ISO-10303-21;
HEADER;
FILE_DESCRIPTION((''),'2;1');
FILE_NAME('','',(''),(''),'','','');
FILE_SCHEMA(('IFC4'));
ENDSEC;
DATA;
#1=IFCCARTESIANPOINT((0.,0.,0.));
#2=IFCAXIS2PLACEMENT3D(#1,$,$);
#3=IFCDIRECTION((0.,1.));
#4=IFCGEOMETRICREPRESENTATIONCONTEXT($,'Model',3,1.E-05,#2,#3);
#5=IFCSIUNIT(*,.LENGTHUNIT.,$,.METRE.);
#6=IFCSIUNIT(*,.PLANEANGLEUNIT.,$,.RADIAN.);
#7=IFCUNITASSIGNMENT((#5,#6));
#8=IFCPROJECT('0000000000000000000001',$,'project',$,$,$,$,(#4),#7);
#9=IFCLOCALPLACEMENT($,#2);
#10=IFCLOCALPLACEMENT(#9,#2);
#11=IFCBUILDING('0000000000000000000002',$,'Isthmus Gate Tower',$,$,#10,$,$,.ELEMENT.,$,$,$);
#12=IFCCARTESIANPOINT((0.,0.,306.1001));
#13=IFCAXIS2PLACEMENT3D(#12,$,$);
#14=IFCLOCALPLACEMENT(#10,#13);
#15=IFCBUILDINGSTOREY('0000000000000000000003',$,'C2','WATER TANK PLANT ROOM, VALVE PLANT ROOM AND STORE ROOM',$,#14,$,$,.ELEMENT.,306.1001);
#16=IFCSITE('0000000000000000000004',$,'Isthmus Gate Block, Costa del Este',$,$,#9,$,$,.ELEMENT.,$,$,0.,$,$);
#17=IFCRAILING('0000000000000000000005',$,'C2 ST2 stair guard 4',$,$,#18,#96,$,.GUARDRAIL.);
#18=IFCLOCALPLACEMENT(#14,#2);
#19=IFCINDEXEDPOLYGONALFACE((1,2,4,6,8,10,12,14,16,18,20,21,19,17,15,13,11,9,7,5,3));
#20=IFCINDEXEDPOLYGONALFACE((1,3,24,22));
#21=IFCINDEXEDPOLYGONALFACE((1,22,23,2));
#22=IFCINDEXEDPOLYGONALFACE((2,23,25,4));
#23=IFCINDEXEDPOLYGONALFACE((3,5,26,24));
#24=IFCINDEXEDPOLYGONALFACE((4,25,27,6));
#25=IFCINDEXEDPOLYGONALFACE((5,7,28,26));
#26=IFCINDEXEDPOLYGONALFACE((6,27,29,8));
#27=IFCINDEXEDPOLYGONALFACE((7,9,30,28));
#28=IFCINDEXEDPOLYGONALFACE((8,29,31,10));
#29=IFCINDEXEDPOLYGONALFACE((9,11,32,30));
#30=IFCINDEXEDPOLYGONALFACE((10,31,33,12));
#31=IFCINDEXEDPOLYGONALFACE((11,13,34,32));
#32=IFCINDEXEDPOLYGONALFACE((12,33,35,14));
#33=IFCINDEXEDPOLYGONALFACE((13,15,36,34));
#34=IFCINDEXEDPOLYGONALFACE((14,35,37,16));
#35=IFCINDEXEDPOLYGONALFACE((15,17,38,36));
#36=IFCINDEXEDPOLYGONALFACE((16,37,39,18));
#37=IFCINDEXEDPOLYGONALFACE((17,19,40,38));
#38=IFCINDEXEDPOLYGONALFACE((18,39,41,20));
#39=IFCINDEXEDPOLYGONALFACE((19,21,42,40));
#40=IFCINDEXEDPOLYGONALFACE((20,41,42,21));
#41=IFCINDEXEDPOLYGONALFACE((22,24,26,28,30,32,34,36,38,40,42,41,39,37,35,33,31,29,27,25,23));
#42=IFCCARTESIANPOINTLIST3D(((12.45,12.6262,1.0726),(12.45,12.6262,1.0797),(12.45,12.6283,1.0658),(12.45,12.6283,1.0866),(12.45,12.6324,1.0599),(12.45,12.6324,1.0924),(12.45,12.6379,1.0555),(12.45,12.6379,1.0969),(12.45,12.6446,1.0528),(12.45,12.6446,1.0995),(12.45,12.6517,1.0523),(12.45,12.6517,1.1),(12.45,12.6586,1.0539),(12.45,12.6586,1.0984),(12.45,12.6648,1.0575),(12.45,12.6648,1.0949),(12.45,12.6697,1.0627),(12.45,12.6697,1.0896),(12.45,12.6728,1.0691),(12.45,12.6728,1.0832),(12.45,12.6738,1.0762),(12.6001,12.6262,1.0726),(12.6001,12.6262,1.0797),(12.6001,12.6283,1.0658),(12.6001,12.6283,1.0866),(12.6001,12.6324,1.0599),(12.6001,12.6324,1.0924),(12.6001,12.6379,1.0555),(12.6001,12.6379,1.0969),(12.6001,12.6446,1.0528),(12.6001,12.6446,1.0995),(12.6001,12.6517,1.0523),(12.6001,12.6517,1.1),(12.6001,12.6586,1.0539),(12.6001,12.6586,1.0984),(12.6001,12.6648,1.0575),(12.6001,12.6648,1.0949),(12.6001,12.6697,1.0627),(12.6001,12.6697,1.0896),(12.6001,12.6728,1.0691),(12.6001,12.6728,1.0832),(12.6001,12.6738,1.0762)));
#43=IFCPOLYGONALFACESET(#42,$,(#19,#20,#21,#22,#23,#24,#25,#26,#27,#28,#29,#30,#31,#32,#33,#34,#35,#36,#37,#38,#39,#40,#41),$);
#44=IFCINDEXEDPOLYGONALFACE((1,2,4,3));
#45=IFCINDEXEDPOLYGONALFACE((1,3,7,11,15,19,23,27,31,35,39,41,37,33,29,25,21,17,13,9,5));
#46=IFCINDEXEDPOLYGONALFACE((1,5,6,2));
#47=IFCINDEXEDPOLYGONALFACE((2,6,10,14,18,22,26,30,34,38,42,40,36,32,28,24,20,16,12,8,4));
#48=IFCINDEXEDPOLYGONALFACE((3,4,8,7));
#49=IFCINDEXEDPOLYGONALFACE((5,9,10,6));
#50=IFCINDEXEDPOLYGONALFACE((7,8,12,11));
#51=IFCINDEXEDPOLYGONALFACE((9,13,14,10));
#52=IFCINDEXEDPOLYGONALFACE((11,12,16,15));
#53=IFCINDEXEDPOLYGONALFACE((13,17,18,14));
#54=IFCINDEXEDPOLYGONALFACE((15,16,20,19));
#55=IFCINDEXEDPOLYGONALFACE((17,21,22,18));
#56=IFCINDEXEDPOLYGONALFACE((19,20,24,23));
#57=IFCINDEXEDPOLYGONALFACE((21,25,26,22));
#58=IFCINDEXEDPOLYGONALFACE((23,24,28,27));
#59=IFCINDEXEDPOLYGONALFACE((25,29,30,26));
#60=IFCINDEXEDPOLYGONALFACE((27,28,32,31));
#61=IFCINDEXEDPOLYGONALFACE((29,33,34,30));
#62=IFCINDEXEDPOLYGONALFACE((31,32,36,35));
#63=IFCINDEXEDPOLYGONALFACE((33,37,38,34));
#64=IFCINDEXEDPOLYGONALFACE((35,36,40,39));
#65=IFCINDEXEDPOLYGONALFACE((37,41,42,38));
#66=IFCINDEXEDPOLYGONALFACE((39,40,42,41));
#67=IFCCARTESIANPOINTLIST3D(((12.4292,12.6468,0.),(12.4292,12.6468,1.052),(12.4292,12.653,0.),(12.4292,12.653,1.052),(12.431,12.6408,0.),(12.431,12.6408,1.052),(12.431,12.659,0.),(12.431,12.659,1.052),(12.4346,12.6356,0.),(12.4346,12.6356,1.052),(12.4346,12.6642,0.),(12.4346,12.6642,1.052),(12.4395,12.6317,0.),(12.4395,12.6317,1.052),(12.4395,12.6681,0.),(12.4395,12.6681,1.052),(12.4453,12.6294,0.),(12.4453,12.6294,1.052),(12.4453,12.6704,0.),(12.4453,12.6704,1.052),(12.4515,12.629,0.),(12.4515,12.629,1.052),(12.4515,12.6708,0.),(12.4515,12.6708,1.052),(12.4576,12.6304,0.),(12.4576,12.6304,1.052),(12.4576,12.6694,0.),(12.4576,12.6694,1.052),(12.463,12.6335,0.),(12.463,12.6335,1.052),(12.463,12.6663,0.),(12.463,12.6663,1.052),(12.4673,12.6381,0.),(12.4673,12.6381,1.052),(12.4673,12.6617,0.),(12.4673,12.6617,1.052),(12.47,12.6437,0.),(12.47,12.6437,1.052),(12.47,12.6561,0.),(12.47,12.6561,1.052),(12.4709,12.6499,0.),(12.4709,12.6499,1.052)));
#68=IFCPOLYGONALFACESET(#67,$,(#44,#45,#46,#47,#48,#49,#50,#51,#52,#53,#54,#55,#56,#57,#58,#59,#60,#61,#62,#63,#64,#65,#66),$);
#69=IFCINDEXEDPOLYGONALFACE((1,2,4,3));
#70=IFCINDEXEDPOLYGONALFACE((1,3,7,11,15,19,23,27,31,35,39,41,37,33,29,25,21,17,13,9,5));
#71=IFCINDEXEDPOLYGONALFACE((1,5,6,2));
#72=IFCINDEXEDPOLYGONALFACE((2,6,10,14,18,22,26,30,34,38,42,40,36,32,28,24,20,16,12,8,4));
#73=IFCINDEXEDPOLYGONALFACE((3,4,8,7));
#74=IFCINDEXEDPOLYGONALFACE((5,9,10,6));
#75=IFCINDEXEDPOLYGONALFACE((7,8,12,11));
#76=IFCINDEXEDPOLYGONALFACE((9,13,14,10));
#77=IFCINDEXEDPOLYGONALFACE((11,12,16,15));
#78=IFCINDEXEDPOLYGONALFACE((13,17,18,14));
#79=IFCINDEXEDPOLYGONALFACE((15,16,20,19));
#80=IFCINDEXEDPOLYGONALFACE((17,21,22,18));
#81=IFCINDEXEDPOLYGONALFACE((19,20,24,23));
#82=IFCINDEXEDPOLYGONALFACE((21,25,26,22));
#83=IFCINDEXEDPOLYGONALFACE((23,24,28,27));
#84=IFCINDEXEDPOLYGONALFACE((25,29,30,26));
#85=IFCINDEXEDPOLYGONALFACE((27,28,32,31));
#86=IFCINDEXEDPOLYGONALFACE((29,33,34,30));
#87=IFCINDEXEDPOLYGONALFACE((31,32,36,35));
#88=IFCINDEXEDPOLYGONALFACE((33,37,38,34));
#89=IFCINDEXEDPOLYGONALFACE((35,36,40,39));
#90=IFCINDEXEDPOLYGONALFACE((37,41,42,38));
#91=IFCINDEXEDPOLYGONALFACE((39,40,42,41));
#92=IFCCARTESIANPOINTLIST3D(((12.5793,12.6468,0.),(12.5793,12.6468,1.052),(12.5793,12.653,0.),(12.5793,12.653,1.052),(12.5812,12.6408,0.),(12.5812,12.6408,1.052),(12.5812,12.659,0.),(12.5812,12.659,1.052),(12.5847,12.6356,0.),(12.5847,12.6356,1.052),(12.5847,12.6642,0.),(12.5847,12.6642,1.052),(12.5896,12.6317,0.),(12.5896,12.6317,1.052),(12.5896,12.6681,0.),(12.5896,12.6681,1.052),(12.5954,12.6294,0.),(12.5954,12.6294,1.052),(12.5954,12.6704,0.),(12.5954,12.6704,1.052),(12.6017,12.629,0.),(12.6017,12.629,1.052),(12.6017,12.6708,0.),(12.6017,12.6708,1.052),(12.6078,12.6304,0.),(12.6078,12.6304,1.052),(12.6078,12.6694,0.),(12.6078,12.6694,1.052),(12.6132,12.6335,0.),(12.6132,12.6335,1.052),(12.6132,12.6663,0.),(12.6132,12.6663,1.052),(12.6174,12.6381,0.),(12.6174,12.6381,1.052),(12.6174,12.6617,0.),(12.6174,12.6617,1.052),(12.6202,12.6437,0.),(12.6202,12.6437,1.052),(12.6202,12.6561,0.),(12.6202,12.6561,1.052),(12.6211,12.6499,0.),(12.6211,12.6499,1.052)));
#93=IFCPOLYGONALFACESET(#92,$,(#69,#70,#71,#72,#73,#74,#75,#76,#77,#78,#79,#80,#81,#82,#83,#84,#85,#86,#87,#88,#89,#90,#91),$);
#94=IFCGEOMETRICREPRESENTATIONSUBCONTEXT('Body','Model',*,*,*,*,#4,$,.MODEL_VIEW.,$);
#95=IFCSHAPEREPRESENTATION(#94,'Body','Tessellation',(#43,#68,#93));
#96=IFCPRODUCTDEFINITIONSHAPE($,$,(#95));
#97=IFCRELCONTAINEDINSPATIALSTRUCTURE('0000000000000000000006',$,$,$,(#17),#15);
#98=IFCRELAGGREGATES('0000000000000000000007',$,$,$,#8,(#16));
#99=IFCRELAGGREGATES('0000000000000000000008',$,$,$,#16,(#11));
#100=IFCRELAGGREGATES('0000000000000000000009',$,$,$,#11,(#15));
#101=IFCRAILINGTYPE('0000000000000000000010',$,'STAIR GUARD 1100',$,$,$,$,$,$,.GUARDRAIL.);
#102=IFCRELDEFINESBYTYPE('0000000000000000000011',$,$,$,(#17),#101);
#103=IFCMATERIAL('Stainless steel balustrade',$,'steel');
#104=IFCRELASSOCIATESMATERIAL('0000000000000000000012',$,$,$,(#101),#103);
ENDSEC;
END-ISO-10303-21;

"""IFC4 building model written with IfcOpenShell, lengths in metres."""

from ifc_helpers import new_model, si_unit, direction, frame, origin, origin_2d, place, context, subcontext, project, spatial, circle, extrude, material, type_object, element, save


model = new_model("IFC4")

# Units and contexts
model_context = context("Model", 3, precision=1e-05, world=origin(), true_north=direction((0.0, 1.0)))
body_context = subcontext(model_context, "Body", "Model", "MODEL_VIEW")
ifc_project = project(units=[si_unit("LENGTHUNIT", "METRE"), si_unit("PLANEANGLEUNIT", "RADIAN")], contexts=[model_context])

# Site, building, storey
site_placement = place(None, origin())
site = spatial("IfcSite", under=ifc_project, at=site_placement, Name="Isthmus Gate Block, Costa del Este", CompositionType="ELEMENT", RefElevation=0.0)
building_placement = place(site_placement, origin())
building = spatial("IfcBuilding", under=site, at=building_placement, Name="Isthmus Gate Tower", CompositionType="ELEMENT")
storey_placement = place(building_placement, frame((0.0, 0.0, 306.1001)))
storey = spatial("IfcBuildingStorey", under=building, at=storey_placement, Name="C2", Description="WATER TANK PLANT ROOM, VALVE PLANT ROOM AND STORE ROOM", CompositionType="ELEMENT", Elevation=306.1001)

# Railing
ifc_material_1 = material(Name="Stainless steel balustrade", Category="steel")
railing_type_1 = type_object("IfcRailingType", Name="STAIR GUARD 1100", PredefinedType="GUARDRAIL", material=ifc_material_1)
railing_1_placement = place(storey_placement, frame((12.45, 12.6499, 0.0)))
element("IfcRailing", 1, at=railing_1_placement, inside=storey, type_object=railing_type_1, Name="C2 ST2 stair guard 4", PredefinedType="GUARDRAIL", context=body_context, shape_type="SweptSolid", body=[
    extrude(circle(Radius=0.0239, at=origin_2d()), frame((0.0, 0.0, 1.0762), z_axis=(1.0, 0.0, 0.0), x_axis=(0.0, 1.0, 0.0)), (0.0, 0.0, 1.0), 0.1501),
    extrude(circle(Radius=0.021, at=origin_2d()), origin(), (0.0, 0.0, 1.0), 1.052),
    extrude(circle(Radius=0.021, at=origin_2d()), frame((0.1501, 0.0, 0.0)), (0.0, 0.0, 1.0), 1.052),
])

save(model, "model.ifc")
